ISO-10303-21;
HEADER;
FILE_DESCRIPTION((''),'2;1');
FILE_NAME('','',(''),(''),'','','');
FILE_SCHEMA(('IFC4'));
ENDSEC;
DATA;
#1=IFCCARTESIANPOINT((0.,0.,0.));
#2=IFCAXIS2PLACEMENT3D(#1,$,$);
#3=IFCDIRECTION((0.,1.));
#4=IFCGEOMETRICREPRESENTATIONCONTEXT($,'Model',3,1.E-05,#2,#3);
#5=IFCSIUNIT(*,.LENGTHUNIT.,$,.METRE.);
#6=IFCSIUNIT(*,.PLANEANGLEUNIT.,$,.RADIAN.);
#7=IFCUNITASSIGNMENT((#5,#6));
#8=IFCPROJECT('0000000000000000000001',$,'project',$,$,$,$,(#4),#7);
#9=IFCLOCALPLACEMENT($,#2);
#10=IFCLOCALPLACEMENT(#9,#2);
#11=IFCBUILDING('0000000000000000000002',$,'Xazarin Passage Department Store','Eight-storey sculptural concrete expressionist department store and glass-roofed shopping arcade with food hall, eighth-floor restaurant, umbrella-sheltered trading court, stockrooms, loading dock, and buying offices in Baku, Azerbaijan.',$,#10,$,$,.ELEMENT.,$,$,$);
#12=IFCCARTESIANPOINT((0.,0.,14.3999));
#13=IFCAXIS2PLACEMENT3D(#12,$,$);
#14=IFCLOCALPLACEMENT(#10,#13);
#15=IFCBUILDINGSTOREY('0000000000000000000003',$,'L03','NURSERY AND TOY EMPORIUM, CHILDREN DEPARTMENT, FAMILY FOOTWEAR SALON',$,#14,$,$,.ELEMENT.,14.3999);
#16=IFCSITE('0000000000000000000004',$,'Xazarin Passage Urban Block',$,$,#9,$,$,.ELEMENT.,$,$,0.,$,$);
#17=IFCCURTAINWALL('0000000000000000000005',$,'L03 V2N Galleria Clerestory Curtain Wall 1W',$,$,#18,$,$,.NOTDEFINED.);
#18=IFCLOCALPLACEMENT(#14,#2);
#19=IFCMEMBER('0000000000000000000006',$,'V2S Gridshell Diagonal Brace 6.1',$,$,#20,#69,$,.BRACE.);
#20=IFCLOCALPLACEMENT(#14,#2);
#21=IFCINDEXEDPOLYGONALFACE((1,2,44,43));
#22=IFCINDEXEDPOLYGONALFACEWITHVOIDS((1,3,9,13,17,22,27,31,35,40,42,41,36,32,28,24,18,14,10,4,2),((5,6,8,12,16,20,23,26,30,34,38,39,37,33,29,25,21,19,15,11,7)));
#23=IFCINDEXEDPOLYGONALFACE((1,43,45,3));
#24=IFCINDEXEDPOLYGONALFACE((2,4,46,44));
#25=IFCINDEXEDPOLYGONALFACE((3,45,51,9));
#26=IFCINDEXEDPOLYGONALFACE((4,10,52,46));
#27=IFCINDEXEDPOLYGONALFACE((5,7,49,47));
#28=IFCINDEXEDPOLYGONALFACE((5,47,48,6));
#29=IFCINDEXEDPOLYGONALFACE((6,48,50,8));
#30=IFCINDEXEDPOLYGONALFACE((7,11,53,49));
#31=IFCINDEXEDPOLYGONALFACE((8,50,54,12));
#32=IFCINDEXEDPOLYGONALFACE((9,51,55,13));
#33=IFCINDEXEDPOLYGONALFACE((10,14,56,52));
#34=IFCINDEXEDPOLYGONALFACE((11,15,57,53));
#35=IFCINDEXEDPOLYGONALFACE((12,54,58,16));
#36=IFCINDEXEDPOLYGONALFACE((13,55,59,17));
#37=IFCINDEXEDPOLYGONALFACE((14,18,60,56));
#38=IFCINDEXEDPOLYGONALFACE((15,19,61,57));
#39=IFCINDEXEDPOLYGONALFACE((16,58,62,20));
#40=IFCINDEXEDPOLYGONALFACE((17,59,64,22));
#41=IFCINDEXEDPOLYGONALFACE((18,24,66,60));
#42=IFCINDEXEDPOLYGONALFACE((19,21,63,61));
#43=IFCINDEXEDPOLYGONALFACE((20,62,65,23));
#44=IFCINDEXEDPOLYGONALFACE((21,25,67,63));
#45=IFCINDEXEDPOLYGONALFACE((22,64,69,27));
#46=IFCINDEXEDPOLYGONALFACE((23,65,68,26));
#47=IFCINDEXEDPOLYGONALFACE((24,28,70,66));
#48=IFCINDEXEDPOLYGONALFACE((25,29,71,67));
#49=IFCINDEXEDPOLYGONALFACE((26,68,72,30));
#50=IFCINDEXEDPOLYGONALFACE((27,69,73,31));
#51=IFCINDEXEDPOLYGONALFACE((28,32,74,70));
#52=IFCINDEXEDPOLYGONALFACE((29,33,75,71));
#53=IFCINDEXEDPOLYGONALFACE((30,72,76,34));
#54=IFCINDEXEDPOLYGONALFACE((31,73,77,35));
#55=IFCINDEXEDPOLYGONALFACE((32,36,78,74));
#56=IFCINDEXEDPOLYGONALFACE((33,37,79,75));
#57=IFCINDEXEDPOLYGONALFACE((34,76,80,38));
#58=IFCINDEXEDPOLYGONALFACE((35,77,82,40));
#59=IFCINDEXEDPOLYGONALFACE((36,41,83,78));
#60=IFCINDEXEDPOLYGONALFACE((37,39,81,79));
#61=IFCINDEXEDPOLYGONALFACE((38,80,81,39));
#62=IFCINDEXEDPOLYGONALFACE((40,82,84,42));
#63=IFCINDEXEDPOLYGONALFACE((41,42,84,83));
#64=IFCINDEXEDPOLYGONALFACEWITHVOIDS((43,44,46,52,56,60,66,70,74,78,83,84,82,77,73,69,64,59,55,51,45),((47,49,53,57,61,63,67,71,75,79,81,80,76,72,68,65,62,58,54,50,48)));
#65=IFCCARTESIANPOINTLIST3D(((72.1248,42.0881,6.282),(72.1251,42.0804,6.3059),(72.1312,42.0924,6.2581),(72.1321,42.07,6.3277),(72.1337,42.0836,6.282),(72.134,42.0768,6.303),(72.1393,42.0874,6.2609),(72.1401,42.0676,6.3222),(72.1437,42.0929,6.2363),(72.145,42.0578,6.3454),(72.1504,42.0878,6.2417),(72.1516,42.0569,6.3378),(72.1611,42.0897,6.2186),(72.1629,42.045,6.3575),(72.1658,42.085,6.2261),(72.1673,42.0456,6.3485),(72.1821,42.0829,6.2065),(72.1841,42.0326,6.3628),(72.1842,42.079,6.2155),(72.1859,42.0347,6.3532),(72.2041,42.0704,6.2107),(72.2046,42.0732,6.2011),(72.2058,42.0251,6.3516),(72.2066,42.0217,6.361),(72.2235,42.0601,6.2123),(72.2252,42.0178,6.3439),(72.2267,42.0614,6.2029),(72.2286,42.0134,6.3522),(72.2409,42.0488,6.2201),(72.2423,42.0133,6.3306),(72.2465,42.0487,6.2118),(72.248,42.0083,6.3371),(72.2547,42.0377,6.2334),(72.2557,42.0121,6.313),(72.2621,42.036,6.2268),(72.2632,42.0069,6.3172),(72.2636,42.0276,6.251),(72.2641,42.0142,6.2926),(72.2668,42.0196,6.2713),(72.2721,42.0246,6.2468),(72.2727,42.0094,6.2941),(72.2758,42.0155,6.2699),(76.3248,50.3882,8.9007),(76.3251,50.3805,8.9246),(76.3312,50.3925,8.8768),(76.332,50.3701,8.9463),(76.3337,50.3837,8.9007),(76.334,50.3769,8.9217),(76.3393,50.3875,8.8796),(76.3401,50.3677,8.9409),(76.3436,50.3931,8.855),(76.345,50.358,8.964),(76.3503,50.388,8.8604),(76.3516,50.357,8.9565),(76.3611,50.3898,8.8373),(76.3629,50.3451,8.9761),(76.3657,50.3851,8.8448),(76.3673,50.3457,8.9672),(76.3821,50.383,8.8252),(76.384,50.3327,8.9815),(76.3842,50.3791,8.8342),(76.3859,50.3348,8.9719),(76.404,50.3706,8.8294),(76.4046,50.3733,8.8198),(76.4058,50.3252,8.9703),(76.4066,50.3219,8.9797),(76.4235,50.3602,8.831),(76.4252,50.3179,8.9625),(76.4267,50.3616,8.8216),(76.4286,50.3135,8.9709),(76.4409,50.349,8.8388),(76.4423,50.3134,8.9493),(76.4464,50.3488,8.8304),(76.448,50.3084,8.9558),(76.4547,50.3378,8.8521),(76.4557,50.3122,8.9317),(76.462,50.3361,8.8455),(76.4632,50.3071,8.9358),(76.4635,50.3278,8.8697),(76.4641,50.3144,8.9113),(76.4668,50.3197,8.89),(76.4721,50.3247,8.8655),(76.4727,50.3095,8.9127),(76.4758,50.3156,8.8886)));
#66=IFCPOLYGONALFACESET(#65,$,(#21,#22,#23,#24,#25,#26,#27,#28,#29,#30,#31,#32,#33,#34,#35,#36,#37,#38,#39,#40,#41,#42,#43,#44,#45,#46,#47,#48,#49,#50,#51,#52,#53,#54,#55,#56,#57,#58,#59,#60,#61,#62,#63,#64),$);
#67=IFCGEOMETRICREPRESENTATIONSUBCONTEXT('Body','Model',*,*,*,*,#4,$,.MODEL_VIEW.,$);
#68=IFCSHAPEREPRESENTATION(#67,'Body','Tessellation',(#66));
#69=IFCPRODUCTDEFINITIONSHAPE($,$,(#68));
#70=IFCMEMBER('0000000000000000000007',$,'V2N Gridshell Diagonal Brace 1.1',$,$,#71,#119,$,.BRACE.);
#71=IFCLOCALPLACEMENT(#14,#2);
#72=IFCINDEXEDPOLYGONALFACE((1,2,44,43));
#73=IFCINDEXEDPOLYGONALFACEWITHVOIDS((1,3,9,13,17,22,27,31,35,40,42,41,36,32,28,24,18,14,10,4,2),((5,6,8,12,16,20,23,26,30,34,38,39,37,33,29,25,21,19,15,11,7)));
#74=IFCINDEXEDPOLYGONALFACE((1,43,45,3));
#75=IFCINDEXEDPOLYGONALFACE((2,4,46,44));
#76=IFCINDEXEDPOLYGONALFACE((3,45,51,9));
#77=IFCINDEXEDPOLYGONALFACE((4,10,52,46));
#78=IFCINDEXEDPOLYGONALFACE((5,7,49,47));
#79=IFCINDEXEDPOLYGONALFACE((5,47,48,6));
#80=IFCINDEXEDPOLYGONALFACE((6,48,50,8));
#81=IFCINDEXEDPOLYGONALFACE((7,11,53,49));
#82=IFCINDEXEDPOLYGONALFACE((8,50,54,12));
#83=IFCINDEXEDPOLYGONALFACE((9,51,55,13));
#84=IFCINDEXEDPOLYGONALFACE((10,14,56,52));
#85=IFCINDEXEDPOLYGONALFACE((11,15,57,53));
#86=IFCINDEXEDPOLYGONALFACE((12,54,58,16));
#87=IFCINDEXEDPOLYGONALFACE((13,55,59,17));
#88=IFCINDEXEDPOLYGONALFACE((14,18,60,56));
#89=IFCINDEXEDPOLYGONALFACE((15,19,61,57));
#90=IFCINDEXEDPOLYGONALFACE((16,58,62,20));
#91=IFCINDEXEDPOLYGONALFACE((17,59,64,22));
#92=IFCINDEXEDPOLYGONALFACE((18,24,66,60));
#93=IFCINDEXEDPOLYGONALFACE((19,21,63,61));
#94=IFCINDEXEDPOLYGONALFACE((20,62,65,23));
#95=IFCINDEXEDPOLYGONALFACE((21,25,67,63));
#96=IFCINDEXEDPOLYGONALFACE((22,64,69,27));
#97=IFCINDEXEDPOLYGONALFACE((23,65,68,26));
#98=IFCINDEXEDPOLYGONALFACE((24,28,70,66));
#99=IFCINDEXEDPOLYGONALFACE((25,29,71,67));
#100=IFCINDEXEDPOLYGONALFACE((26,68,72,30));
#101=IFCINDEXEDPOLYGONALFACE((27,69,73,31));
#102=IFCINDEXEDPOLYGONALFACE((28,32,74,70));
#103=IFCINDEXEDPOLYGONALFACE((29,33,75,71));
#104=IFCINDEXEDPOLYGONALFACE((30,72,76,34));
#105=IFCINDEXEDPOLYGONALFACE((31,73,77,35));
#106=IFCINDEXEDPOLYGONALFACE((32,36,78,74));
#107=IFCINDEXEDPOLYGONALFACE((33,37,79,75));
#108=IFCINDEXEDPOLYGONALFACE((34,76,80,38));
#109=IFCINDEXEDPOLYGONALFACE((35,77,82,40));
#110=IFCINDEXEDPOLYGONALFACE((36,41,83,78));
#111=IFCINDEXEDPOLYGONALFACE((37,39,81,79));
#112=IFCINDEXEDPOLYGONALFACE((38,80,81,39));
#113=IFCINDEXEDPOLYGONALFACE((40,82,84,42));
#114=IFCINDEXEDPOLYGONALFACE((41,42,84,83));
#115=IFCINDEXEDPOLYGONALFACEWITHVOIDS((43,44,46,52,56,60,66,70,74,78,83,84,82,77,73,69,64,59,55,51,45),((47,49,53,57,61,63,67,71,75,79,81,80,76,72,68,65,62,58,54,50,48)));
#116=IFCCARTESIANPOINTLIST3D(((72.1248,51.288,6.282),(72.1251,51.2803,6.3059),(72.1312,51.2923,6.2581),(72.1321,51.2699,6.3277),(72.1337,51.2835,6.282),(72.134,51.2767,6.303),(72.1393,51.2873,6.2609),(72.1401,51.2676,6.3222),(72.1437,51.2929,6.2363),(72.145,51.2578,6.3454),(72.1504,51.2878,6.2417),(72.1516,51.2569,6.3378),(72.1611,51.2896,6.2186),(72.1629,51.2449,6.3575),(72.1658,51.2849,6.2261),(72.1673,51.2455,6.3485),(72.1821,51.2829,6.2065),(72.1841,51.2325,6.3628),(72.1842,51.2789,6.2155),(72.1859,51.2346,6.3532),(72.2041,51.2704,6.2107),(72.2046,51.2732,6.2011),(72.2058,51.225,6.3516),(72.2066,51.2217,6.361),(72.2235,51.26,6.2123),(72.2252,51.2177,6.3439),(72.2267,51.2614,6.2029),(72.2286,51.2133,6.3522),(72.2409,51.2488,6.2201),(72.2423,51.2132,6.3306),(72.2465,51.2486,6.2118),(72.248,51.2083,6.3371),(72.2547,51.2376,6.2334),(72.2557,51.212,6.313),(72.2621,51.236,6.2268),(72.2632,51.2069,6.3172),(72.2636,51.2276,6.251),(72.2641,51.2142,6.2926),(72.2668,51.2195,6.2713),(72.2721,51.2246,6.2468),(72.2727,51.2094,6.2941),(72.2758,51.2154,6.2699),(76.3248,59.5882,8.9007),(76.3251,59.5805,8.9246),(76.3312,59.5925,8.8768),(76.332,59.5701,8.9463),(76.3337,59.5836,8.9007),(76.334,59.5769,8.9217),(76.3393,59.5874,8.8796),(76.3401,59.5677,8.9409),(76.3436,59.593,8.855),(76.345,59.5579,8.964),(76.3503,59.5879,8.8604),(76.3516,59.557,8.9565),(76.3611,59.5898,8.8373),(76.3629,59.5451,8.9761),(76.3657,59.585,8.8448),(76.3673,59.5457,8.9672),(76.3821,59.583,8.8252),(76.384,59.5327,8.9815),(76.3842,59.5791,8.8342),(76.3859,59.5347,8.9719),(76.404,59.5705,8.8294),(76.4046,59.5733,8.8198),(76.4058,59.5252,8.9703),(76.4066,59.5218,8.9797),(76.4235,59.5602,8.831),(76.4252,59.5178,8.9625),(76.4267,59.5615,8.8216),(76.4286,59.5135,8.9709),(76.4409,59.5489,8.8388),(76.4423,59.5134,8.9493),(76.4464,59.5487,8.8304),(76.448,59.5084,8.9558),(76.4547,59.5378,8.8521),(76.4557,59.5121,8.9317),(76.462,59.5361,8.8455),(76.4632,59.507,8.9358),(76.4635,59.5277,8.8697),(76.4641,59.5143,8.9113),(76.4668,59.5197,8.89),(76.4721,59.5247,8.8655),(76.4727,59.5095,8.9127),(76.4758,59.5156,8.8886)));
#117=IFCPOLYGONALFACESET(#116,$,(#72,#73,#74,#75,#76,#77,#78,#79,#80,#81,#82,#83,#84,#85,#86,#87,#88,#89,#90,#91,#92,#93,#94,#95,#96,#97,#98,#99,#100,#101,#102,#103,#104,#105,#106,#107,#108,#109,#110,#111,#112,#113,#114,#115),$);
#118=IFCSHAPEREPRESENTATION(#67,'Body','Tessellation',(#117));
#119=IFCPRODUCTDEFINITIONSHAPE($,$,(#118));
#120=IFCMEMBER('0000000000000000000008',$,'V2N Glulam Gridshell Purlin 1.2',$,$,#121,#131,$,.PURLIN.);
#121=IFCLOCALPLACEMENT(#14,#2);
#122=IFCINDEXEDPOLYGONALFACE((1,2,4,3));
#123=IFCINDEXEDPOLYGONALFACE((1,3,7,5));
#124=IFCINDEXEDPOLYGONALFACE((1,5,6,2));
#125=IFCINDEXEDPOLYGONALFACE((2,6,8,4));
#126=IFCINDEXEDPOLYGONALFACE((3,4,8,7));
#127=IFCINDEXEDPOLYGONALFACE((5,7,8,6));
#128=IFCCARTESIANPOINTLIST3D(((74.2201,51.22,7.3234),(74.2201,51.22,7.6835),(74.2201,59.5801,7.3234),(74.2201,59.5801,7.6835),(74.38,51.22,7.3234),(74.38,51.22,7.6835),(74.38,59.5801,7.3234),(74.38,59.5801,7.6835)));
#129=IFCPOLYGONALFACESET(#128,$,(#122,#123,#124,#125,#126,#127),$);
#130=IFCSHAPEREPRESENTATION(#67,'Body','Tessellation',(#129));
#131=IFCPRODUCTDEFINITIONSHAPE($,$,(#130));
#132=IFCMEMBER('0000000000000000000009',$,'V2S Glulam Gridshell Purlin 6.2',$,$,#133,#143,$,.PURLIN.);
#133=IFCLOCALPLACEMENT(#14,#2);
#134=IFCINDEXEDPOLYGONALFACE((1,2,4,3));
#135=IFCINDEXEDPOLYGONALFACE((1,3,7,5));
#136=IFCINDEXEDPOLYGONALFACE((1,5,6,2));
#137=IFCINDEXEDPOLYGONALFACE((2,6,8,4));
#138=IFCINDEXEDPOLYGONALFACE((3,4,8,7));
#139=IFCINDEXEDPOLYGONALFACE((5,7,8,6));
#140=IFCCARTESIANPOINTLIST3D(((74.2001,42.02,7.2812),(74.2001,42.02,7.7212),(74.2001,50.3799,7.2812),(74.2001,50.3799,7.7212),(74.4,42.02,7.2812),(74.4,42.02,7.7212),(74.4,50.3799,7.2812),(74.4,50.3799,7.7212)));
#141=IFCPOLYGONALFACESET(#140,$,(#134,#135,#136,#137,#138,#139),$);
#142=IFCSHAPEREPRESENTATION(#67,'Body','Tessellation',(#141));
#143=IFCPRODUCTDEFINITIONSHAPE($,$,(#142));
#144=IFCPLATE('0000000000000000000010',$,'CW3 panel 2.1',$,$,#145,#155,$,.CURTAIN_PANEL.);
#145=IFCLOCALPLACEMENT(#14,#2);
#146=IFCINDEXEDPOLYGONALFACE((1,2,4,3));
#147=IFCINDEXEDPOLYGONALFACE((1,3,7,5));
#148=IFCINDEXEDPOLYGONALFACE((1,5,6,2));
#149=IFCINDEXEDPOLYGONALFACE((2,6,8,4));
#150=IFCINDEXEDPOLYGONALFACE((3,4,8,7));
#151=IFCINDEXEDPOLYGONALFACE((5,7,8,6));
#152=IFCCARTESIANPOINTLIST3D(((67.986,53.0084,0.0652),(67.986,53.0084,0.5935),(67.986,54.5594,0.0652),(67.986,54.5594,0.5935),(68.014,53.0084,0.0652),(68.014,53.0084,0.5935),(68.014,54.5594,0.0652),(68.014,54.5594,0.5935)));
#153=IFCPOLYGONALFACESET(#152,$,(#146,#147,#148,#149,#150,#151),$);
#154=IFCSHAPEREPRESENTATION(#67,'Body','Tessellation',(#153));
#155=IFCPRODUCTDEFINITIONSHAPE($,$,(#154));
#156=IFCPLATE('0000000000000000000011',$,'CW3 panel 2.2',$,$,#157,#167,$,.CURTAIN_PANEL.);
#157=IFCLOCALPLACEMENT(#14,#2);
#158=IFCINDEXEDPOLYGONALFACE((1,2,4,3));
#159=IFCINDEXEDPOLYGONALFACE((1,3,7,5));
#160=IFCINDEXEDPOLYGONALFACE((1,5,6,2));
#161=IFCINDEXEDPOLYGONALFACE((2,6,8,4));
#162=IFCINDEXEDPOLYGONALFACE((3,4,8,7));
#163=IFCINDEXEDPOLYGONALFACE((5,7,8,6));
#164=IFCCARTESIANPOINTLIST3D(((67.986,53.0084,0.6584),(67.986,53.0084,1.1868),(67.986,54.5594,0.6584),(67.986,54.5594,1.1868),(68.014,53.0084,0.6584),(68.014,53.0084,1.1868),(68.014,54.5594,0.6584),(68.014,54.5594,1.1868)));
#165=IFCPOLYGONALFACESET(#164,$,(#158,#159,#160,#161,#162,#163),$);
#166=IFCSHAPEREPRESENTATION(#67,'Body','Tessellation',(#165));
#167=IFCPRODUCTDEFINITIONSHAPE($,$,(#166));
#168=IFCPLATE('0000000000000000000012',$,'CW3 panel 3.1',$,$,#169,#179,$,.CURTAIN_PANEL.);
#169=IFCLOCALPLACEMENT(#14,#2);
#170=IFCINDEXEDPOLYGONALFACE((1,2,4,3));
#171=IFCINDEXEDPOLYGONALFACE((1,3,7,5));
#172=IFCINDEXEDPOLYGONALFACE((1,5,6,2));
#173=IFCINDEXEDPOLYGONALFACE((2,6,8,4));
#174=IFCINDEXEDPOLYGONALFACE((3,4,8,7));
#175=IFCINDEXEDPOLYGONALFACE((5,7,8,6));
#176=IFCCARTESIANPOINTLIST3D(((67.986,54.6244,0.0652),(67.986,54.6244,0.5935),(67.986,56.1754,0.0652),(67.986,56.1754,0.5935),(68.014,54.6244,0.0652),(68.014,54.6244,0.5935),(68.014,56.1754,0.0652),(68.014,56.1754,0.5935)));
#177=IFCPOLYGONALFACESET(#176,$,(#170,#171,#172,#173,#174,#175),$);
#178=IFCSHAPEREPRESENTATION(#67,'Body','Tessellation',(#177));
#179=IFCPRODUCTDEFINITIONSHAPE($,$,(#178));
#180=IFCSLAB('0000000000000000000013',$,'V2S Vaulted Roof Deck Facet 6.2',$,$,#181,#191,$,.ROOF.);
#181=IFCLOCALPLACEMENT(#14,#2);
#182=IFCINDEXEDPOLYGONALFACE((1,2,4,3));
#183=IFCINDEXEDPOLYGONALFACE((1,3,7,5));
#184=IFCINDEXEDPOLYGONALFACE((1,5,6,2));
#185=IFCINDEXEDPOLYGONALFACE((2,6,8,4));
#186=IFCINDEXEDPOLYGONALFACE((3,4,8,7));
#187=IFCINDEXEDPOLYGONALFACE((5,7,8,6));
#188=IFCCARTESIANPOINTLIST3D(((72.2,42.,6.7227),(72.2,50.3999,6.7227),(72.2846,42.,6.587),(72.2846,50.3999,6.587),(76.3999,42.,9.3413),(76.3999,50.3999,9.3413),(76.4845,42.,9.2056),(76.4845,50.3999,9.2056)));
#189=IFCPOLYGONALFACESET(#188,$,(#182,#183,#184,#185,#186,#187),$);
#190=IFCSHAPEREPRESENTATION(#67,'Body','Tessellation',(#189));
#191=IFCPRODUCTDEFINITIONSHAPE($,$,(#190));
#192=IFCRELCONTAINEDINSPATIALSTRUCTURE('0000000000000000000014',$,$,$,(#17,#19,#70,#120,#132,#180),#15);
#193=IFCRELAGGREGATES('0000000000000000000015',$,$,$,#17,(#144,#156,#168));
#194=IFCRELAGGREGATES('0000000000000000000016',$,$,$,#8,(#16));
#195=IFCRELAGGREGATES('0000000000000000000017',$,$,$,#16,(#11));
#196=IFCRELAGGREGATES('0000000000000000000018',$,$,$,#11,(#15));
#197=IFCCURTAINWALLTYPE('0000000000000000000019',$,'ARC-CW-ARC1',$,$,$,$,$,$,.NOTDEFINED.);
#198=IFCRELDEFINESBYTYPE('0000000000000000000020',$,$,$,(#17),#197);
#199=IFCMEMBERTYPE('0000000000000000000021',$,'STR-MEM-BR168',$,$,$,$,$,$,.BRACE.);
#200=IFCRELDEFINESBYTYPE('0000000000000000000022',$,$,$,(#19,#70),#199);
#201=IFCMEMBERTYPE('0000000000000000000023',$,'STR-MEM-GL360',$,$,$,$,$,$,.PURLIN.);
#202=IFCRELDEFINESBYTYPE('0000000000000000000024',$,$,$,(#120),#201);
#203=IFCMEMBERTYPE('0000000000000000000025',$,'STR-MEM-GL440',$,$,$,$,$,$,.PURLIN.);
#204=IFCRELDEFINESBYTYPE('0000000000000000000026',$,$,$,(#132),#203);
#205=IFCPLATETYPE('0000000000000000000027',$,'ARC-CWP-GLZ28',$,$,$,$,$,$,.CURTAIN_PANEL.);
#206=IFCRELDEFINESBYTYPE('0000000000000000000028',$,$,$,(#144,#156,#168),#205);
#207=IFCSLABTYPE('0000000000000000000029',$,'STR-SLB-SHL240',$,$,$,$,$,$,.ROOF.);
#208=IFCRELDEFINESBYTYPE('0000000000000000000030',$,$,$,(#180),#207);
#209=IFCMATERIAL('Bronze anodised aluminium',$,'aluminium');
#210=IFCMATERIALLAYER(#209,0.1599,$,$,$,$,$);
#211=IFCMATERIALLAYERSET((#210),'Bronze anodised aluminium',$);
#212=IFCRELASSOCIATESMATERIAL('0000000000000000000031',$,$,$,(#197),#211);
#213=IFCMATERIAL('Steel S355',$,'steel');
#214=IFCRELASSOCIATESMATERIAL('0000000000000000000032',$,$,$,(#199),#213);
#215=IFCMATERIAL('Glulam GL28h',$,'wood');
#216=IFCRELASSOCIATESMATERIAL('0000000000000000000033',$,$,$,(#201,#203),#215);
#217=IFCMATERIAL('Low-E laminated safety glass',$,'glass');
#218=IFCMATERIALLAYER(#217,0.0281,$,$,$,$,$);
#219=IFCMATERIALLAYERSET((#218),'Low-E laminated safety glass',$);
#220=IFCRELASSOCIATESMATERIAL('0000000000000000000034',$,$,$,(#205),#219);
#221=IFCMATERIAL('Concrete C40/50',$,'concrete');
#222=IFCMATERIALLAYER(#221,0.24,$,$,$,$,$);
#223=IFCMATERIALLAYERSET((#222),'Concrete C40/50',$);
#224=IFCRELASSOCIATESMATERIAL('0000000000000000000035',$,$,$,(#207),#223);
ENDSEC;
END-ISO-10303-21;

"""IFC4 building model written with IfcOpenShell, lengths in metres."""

from ifc_helpers import new_model, si_unit, direction, frame, origin, origin_2d, place, context, subcontext, project, spatial, polyline, rectangle, hollow_circle, outline, extrude, material, layer, layer_set, material_profile, profile_set, type_object, element, aggregate, save


model = new_model("IFC4")

# Units and contexts
model_context = context("Model", 3, precision=1e-05, world=origin(), true_north=direction((0.0, 1.0)))
body_context = subcontext(model_context, "Body", "Model", "MODEL_VIEW")
ifc_project = project(units=[si_unit("LENGTHUNIT", "METRE"), si_unit("PLANEANGLEUNIT", "RADIAN")], contexts=[model_context])

# Site, building, storey
site_placement = place(None, origin())
site = spatial("IfcSite", under=ifc_project, at=site_placement, Name="Xazarin Passage Urban Block", CompositionType="ELEMENT", RefElevation=0.0)
building_placement = place(site_placement, origin())
building = spatial("IfcBuilding", under=site, at=building_placement, Name="Xazarin Passage Department Store", Description="Eight-storey sculptural concrete expressionist department store and glass-roofed shopping arcade with food hall, eighth-floor restaurant, umbrella-sheltered trading court, stockrooms, loading dock, and buying offices in Baku, Azerbaijan.", CompositionType="ELEMENT")
storey_placement = place(building_placement, frame((0.0, 0.0, 14.3999)))
storey = spatial("IfcBuildingStorey", under=building, at=storey_placement, Name="L03", Description="NURSERY AND TOY EMPORIUM, CHILDREN DEPARTMENT, FAMILY FOOTWEAR SALON", CompositionType="ELEMENT", Elevation=14.3999)

# Curtain wall
ifc_material_1 = material(Name="Bronze anodised aluminium", Category="aluminium")
ifc_layer_1 = layer(ifc_material_1, 0.1599)
ifc_layer_set_1 = layer_set([ifc_layer_1], Name="Bronze anodised aluminium")
curtain_wall_type = type_object("IfcCurtainWallType", Name="ARC-CW-ARC1", PredefinedType="NOTDEFINED", material=ifc_layer_set_1)
curtain_wall_placement = place(storey_placement, origin())
curtain_wall = element("IfcCurtainWall", 1, at=curtain_wall_placement, inside=storey, type_object=curtain_wall_type, Name="L03 V2N Galleria Clerestory Curtain Wall 1W", PredefinedType="NOTDEFINED")

# Shared definitions
ifc_material_2 = material(Name="Steel S355", Category="steel")

# Members
ifc_material_profile_1 = material_profile(ifc_material_2, hollow_circle(Radius=0.0842, WallThickness=0.01, at=origin_2d()), Name="CHS 168.3x10")
ifc_profile_set_1 = profile_set([ifc_material_profile_1], Name="Steel S355")
member_type_1 = type_object("IfcMemberType", Name="STR-MEM-BR168", PredefinedType="BRACE", material=ifc_profile_set_1)
for number, where, z_axis, x_axis, name in (
    (2, (72.2, 42.05, 6.282), (0.43461, 0.858886, 0.270977), (-0.89227, 0.451502, 0.0), "V2S Gridshell Diagonal Brace 6.1"),
    (3, (72.2, 51.25, 6.282), (0.43461, 0.858886, 0.270977), (-0.89227, 0.451502, 0.0), "V2N Gridshell Diagonal Brace 1.1"),
):
    element("IfcMember", number, at=place(storey_placement, frame(where, z_axis=z_axis, x_axis=x_axis)), inside=storey, type_object=member_type_1, Name=name, PredefinedType="BRACE", context=body_context, shape_type="SweptSolid", body=[
        extrude(hollow_circle(Radius=0.0842, WallThickness=0.01, at=origin_2d()), origin(), (0.0, 0.0, 1.0), 9.6638),
    ])
ifc_material_3 = material(Name="Glulam GL28h", Category="wood")
ifc_material_profile_2 = material_profile(ifc_material_3, rectangle(XDim=0.1599, YDim=0.3601, at=origin_2d()), Name="GL28h 160x360")
ifc_profile_set_2 = profile_set([ifc_material_profile_2], Name="Glulam GL28h")
member_type_2 = type_object("IfcMemberType", Name="STR-MEM-GL360", PredefinedType="PURLIN", material=ifc_profile_set_2)
member_1_placement = place(storey_placement, frame((74.3, 51.22, 7.5034), z_axis=(0.0, 1.0, 0.0), x_axis=(-1.0, 0.0, 0.0)))
element("IfcMember", 4, at=member_1_placement, inside=storey, type_object=member_type_2, Name="V2N Glulam Gridshell Purlin 1.2", PredefinedType="PURLIN", context=body_context, shape_type="SweptSolid", body=[
    extrude(rectangle(XDim=0.1599, YDim=0.3601, at=origin_2d()), origin(), (0.0, 0.0, 1.0), 8.3601),
])
ifc_material_profile_3 = material_profile(ifc_material_3, rectangle(XDim=0.2, YDim=0.4399, at=origin_2d()), Name="GL28h 200x440")
ifc_profile_set_3 = profile_set([ifc_material_profile_3], Name="Glulam GL28h")
member_type_3 = type_object("IfcMemberType", Name="STR-MEM-GL440", PredefinedType="PURLIN", material=ifc_profile_set_3)
member_2_placement = place(storey_placement, frame((74.3, 42.02, 7.5012), z_axis=(0.0, 1.0, 0.0), x_axis=(-1.0, 0.0, 0.0)))
element("IfcMember", 5, at=member_2_placement, inside=storey, type_object=member_type_3, Name="V2S Glulam Gridshell Purlin 6.2", PredefinedType="PURLIN", context=body_context, shape_type="SweptSolid", body=[
    extrude(rectangle(XDim=0.2, YDim=0.4399, at=origin_2d()), origin(), (0.0, 0.0, 1.0), 8.3599),
])

# Plates
ifc_material_4 = material(Name="Low-E laminated safety glass", Category="glass")
ifc_layer_2 = layer(ifc_material_4, 0.0281)
ifc_layer_set_2 = layer_set([ifc_layer_2], Name="Low-E laminated safety glass")
plate_type = type_object("IfcPlateType", Name="ARC-CWP-GLZ28", PredefinedType="CURTAIN_PANEL", material=ifc_layer_set_2)
plate_1_placement = place(storey_placement, frame((68.0, 53.7839, 0.0652), z_axis=(0.0, 0.0, 1.0), x_axis=(0.0, 1.0, 0.0)))
plate_1 = element("IfcPlate", 6, at=plate_1_placement, type_object=plate_type, Name="CW3 panel 2.1", PredefinedType="CURTAIN_PANEL", context=body_context, shape_type="SweptSolid", body=[
    extrude(rectangle(XDim=1.551, YDim=0.0281, at=origin_2d()), origin(), (0.0, 0.0, 1.0), 0.5283),
])
plate_2_placement = place(storey_placement, frame((68.0, 53.7839, 0.6584), z_axis=(0.0, 0.0, 1.0), x_axis=(0.0, 1.0, 0.0)))
plate_2 = element("IfcPlate", 7, at=plate_2_placement, type_object=plate_type, Name="CW3 panel 2.2", PredefinedType="CURTAIN_PANEL", context=body_context, shape_type="SweptSolid", body=[
    extrude(rectangle(XDim=1.551, YDim=0.0281, at=origin_2d()), origin(), (0.0, 0.0, 1.0), 0.5283),
])
plate_3_placement = place(storey_placement, frame((68.0, 55.3999, 0.0652), z_axis=(0.0, 0.0, 1.0), x_axis=(0.0, 1.0, 0.0)))
plate_3 = element("IfcPlate", 8, at=plate_3_placement, type_object=plate_type, Name="CW3 panel 3.1", PredefinedType="CURTAIN_PANEL", context=body_context, shape_type="SweptSolid", body=[
    extrude(rectangle(XDim=1.551, YDim=0.0281, at=origin_2d()), origin(), (0.0, 0.0, 1.0), 0.5283),
])
aggregate(curtain_wall, [plate_1, plate_2, plate_3])

# Slab
ifc_material_5 = material(Name="Concrete C40/50", Category="concrete")
ifc_layer_3 = layer(ifc_material_5, 0.24)
ifc_layer_set_3 = layer_set([ifc_layer_3], Name="Concrete C40/50")
slab_type = type_object("IfcSlabType", Name="STR-SLB-SHL240", PredefinedType="ROOF", material=ifc_layer_set_3)
slab_1_placement = place(storey_placement, frame((72.2, 42.0, 6.7227), z_axis=(-0.529081, 0.0, 0.848571), x_axis=(0.848571, 0.0, 0.529081)))
element("IfcSlab", 9, at=slab_1_placement, inside=storey, type_object=slab_type, Name="V2S Vaulted Roof Deck Facet 6.2", PredefinedType="ROOF", context=body_context, shape_type="SweptSolid", body=[
    extrude(outline(polyline([(0.0, 0.0), (4.9494, 0.0), (4.9494, 8.3999), (0.0, 8.3999), (0.0, 0.0)])), origin(), (0.0, 0.0, -1.0), 0.1599),
])

save(model, "model.ifc")
